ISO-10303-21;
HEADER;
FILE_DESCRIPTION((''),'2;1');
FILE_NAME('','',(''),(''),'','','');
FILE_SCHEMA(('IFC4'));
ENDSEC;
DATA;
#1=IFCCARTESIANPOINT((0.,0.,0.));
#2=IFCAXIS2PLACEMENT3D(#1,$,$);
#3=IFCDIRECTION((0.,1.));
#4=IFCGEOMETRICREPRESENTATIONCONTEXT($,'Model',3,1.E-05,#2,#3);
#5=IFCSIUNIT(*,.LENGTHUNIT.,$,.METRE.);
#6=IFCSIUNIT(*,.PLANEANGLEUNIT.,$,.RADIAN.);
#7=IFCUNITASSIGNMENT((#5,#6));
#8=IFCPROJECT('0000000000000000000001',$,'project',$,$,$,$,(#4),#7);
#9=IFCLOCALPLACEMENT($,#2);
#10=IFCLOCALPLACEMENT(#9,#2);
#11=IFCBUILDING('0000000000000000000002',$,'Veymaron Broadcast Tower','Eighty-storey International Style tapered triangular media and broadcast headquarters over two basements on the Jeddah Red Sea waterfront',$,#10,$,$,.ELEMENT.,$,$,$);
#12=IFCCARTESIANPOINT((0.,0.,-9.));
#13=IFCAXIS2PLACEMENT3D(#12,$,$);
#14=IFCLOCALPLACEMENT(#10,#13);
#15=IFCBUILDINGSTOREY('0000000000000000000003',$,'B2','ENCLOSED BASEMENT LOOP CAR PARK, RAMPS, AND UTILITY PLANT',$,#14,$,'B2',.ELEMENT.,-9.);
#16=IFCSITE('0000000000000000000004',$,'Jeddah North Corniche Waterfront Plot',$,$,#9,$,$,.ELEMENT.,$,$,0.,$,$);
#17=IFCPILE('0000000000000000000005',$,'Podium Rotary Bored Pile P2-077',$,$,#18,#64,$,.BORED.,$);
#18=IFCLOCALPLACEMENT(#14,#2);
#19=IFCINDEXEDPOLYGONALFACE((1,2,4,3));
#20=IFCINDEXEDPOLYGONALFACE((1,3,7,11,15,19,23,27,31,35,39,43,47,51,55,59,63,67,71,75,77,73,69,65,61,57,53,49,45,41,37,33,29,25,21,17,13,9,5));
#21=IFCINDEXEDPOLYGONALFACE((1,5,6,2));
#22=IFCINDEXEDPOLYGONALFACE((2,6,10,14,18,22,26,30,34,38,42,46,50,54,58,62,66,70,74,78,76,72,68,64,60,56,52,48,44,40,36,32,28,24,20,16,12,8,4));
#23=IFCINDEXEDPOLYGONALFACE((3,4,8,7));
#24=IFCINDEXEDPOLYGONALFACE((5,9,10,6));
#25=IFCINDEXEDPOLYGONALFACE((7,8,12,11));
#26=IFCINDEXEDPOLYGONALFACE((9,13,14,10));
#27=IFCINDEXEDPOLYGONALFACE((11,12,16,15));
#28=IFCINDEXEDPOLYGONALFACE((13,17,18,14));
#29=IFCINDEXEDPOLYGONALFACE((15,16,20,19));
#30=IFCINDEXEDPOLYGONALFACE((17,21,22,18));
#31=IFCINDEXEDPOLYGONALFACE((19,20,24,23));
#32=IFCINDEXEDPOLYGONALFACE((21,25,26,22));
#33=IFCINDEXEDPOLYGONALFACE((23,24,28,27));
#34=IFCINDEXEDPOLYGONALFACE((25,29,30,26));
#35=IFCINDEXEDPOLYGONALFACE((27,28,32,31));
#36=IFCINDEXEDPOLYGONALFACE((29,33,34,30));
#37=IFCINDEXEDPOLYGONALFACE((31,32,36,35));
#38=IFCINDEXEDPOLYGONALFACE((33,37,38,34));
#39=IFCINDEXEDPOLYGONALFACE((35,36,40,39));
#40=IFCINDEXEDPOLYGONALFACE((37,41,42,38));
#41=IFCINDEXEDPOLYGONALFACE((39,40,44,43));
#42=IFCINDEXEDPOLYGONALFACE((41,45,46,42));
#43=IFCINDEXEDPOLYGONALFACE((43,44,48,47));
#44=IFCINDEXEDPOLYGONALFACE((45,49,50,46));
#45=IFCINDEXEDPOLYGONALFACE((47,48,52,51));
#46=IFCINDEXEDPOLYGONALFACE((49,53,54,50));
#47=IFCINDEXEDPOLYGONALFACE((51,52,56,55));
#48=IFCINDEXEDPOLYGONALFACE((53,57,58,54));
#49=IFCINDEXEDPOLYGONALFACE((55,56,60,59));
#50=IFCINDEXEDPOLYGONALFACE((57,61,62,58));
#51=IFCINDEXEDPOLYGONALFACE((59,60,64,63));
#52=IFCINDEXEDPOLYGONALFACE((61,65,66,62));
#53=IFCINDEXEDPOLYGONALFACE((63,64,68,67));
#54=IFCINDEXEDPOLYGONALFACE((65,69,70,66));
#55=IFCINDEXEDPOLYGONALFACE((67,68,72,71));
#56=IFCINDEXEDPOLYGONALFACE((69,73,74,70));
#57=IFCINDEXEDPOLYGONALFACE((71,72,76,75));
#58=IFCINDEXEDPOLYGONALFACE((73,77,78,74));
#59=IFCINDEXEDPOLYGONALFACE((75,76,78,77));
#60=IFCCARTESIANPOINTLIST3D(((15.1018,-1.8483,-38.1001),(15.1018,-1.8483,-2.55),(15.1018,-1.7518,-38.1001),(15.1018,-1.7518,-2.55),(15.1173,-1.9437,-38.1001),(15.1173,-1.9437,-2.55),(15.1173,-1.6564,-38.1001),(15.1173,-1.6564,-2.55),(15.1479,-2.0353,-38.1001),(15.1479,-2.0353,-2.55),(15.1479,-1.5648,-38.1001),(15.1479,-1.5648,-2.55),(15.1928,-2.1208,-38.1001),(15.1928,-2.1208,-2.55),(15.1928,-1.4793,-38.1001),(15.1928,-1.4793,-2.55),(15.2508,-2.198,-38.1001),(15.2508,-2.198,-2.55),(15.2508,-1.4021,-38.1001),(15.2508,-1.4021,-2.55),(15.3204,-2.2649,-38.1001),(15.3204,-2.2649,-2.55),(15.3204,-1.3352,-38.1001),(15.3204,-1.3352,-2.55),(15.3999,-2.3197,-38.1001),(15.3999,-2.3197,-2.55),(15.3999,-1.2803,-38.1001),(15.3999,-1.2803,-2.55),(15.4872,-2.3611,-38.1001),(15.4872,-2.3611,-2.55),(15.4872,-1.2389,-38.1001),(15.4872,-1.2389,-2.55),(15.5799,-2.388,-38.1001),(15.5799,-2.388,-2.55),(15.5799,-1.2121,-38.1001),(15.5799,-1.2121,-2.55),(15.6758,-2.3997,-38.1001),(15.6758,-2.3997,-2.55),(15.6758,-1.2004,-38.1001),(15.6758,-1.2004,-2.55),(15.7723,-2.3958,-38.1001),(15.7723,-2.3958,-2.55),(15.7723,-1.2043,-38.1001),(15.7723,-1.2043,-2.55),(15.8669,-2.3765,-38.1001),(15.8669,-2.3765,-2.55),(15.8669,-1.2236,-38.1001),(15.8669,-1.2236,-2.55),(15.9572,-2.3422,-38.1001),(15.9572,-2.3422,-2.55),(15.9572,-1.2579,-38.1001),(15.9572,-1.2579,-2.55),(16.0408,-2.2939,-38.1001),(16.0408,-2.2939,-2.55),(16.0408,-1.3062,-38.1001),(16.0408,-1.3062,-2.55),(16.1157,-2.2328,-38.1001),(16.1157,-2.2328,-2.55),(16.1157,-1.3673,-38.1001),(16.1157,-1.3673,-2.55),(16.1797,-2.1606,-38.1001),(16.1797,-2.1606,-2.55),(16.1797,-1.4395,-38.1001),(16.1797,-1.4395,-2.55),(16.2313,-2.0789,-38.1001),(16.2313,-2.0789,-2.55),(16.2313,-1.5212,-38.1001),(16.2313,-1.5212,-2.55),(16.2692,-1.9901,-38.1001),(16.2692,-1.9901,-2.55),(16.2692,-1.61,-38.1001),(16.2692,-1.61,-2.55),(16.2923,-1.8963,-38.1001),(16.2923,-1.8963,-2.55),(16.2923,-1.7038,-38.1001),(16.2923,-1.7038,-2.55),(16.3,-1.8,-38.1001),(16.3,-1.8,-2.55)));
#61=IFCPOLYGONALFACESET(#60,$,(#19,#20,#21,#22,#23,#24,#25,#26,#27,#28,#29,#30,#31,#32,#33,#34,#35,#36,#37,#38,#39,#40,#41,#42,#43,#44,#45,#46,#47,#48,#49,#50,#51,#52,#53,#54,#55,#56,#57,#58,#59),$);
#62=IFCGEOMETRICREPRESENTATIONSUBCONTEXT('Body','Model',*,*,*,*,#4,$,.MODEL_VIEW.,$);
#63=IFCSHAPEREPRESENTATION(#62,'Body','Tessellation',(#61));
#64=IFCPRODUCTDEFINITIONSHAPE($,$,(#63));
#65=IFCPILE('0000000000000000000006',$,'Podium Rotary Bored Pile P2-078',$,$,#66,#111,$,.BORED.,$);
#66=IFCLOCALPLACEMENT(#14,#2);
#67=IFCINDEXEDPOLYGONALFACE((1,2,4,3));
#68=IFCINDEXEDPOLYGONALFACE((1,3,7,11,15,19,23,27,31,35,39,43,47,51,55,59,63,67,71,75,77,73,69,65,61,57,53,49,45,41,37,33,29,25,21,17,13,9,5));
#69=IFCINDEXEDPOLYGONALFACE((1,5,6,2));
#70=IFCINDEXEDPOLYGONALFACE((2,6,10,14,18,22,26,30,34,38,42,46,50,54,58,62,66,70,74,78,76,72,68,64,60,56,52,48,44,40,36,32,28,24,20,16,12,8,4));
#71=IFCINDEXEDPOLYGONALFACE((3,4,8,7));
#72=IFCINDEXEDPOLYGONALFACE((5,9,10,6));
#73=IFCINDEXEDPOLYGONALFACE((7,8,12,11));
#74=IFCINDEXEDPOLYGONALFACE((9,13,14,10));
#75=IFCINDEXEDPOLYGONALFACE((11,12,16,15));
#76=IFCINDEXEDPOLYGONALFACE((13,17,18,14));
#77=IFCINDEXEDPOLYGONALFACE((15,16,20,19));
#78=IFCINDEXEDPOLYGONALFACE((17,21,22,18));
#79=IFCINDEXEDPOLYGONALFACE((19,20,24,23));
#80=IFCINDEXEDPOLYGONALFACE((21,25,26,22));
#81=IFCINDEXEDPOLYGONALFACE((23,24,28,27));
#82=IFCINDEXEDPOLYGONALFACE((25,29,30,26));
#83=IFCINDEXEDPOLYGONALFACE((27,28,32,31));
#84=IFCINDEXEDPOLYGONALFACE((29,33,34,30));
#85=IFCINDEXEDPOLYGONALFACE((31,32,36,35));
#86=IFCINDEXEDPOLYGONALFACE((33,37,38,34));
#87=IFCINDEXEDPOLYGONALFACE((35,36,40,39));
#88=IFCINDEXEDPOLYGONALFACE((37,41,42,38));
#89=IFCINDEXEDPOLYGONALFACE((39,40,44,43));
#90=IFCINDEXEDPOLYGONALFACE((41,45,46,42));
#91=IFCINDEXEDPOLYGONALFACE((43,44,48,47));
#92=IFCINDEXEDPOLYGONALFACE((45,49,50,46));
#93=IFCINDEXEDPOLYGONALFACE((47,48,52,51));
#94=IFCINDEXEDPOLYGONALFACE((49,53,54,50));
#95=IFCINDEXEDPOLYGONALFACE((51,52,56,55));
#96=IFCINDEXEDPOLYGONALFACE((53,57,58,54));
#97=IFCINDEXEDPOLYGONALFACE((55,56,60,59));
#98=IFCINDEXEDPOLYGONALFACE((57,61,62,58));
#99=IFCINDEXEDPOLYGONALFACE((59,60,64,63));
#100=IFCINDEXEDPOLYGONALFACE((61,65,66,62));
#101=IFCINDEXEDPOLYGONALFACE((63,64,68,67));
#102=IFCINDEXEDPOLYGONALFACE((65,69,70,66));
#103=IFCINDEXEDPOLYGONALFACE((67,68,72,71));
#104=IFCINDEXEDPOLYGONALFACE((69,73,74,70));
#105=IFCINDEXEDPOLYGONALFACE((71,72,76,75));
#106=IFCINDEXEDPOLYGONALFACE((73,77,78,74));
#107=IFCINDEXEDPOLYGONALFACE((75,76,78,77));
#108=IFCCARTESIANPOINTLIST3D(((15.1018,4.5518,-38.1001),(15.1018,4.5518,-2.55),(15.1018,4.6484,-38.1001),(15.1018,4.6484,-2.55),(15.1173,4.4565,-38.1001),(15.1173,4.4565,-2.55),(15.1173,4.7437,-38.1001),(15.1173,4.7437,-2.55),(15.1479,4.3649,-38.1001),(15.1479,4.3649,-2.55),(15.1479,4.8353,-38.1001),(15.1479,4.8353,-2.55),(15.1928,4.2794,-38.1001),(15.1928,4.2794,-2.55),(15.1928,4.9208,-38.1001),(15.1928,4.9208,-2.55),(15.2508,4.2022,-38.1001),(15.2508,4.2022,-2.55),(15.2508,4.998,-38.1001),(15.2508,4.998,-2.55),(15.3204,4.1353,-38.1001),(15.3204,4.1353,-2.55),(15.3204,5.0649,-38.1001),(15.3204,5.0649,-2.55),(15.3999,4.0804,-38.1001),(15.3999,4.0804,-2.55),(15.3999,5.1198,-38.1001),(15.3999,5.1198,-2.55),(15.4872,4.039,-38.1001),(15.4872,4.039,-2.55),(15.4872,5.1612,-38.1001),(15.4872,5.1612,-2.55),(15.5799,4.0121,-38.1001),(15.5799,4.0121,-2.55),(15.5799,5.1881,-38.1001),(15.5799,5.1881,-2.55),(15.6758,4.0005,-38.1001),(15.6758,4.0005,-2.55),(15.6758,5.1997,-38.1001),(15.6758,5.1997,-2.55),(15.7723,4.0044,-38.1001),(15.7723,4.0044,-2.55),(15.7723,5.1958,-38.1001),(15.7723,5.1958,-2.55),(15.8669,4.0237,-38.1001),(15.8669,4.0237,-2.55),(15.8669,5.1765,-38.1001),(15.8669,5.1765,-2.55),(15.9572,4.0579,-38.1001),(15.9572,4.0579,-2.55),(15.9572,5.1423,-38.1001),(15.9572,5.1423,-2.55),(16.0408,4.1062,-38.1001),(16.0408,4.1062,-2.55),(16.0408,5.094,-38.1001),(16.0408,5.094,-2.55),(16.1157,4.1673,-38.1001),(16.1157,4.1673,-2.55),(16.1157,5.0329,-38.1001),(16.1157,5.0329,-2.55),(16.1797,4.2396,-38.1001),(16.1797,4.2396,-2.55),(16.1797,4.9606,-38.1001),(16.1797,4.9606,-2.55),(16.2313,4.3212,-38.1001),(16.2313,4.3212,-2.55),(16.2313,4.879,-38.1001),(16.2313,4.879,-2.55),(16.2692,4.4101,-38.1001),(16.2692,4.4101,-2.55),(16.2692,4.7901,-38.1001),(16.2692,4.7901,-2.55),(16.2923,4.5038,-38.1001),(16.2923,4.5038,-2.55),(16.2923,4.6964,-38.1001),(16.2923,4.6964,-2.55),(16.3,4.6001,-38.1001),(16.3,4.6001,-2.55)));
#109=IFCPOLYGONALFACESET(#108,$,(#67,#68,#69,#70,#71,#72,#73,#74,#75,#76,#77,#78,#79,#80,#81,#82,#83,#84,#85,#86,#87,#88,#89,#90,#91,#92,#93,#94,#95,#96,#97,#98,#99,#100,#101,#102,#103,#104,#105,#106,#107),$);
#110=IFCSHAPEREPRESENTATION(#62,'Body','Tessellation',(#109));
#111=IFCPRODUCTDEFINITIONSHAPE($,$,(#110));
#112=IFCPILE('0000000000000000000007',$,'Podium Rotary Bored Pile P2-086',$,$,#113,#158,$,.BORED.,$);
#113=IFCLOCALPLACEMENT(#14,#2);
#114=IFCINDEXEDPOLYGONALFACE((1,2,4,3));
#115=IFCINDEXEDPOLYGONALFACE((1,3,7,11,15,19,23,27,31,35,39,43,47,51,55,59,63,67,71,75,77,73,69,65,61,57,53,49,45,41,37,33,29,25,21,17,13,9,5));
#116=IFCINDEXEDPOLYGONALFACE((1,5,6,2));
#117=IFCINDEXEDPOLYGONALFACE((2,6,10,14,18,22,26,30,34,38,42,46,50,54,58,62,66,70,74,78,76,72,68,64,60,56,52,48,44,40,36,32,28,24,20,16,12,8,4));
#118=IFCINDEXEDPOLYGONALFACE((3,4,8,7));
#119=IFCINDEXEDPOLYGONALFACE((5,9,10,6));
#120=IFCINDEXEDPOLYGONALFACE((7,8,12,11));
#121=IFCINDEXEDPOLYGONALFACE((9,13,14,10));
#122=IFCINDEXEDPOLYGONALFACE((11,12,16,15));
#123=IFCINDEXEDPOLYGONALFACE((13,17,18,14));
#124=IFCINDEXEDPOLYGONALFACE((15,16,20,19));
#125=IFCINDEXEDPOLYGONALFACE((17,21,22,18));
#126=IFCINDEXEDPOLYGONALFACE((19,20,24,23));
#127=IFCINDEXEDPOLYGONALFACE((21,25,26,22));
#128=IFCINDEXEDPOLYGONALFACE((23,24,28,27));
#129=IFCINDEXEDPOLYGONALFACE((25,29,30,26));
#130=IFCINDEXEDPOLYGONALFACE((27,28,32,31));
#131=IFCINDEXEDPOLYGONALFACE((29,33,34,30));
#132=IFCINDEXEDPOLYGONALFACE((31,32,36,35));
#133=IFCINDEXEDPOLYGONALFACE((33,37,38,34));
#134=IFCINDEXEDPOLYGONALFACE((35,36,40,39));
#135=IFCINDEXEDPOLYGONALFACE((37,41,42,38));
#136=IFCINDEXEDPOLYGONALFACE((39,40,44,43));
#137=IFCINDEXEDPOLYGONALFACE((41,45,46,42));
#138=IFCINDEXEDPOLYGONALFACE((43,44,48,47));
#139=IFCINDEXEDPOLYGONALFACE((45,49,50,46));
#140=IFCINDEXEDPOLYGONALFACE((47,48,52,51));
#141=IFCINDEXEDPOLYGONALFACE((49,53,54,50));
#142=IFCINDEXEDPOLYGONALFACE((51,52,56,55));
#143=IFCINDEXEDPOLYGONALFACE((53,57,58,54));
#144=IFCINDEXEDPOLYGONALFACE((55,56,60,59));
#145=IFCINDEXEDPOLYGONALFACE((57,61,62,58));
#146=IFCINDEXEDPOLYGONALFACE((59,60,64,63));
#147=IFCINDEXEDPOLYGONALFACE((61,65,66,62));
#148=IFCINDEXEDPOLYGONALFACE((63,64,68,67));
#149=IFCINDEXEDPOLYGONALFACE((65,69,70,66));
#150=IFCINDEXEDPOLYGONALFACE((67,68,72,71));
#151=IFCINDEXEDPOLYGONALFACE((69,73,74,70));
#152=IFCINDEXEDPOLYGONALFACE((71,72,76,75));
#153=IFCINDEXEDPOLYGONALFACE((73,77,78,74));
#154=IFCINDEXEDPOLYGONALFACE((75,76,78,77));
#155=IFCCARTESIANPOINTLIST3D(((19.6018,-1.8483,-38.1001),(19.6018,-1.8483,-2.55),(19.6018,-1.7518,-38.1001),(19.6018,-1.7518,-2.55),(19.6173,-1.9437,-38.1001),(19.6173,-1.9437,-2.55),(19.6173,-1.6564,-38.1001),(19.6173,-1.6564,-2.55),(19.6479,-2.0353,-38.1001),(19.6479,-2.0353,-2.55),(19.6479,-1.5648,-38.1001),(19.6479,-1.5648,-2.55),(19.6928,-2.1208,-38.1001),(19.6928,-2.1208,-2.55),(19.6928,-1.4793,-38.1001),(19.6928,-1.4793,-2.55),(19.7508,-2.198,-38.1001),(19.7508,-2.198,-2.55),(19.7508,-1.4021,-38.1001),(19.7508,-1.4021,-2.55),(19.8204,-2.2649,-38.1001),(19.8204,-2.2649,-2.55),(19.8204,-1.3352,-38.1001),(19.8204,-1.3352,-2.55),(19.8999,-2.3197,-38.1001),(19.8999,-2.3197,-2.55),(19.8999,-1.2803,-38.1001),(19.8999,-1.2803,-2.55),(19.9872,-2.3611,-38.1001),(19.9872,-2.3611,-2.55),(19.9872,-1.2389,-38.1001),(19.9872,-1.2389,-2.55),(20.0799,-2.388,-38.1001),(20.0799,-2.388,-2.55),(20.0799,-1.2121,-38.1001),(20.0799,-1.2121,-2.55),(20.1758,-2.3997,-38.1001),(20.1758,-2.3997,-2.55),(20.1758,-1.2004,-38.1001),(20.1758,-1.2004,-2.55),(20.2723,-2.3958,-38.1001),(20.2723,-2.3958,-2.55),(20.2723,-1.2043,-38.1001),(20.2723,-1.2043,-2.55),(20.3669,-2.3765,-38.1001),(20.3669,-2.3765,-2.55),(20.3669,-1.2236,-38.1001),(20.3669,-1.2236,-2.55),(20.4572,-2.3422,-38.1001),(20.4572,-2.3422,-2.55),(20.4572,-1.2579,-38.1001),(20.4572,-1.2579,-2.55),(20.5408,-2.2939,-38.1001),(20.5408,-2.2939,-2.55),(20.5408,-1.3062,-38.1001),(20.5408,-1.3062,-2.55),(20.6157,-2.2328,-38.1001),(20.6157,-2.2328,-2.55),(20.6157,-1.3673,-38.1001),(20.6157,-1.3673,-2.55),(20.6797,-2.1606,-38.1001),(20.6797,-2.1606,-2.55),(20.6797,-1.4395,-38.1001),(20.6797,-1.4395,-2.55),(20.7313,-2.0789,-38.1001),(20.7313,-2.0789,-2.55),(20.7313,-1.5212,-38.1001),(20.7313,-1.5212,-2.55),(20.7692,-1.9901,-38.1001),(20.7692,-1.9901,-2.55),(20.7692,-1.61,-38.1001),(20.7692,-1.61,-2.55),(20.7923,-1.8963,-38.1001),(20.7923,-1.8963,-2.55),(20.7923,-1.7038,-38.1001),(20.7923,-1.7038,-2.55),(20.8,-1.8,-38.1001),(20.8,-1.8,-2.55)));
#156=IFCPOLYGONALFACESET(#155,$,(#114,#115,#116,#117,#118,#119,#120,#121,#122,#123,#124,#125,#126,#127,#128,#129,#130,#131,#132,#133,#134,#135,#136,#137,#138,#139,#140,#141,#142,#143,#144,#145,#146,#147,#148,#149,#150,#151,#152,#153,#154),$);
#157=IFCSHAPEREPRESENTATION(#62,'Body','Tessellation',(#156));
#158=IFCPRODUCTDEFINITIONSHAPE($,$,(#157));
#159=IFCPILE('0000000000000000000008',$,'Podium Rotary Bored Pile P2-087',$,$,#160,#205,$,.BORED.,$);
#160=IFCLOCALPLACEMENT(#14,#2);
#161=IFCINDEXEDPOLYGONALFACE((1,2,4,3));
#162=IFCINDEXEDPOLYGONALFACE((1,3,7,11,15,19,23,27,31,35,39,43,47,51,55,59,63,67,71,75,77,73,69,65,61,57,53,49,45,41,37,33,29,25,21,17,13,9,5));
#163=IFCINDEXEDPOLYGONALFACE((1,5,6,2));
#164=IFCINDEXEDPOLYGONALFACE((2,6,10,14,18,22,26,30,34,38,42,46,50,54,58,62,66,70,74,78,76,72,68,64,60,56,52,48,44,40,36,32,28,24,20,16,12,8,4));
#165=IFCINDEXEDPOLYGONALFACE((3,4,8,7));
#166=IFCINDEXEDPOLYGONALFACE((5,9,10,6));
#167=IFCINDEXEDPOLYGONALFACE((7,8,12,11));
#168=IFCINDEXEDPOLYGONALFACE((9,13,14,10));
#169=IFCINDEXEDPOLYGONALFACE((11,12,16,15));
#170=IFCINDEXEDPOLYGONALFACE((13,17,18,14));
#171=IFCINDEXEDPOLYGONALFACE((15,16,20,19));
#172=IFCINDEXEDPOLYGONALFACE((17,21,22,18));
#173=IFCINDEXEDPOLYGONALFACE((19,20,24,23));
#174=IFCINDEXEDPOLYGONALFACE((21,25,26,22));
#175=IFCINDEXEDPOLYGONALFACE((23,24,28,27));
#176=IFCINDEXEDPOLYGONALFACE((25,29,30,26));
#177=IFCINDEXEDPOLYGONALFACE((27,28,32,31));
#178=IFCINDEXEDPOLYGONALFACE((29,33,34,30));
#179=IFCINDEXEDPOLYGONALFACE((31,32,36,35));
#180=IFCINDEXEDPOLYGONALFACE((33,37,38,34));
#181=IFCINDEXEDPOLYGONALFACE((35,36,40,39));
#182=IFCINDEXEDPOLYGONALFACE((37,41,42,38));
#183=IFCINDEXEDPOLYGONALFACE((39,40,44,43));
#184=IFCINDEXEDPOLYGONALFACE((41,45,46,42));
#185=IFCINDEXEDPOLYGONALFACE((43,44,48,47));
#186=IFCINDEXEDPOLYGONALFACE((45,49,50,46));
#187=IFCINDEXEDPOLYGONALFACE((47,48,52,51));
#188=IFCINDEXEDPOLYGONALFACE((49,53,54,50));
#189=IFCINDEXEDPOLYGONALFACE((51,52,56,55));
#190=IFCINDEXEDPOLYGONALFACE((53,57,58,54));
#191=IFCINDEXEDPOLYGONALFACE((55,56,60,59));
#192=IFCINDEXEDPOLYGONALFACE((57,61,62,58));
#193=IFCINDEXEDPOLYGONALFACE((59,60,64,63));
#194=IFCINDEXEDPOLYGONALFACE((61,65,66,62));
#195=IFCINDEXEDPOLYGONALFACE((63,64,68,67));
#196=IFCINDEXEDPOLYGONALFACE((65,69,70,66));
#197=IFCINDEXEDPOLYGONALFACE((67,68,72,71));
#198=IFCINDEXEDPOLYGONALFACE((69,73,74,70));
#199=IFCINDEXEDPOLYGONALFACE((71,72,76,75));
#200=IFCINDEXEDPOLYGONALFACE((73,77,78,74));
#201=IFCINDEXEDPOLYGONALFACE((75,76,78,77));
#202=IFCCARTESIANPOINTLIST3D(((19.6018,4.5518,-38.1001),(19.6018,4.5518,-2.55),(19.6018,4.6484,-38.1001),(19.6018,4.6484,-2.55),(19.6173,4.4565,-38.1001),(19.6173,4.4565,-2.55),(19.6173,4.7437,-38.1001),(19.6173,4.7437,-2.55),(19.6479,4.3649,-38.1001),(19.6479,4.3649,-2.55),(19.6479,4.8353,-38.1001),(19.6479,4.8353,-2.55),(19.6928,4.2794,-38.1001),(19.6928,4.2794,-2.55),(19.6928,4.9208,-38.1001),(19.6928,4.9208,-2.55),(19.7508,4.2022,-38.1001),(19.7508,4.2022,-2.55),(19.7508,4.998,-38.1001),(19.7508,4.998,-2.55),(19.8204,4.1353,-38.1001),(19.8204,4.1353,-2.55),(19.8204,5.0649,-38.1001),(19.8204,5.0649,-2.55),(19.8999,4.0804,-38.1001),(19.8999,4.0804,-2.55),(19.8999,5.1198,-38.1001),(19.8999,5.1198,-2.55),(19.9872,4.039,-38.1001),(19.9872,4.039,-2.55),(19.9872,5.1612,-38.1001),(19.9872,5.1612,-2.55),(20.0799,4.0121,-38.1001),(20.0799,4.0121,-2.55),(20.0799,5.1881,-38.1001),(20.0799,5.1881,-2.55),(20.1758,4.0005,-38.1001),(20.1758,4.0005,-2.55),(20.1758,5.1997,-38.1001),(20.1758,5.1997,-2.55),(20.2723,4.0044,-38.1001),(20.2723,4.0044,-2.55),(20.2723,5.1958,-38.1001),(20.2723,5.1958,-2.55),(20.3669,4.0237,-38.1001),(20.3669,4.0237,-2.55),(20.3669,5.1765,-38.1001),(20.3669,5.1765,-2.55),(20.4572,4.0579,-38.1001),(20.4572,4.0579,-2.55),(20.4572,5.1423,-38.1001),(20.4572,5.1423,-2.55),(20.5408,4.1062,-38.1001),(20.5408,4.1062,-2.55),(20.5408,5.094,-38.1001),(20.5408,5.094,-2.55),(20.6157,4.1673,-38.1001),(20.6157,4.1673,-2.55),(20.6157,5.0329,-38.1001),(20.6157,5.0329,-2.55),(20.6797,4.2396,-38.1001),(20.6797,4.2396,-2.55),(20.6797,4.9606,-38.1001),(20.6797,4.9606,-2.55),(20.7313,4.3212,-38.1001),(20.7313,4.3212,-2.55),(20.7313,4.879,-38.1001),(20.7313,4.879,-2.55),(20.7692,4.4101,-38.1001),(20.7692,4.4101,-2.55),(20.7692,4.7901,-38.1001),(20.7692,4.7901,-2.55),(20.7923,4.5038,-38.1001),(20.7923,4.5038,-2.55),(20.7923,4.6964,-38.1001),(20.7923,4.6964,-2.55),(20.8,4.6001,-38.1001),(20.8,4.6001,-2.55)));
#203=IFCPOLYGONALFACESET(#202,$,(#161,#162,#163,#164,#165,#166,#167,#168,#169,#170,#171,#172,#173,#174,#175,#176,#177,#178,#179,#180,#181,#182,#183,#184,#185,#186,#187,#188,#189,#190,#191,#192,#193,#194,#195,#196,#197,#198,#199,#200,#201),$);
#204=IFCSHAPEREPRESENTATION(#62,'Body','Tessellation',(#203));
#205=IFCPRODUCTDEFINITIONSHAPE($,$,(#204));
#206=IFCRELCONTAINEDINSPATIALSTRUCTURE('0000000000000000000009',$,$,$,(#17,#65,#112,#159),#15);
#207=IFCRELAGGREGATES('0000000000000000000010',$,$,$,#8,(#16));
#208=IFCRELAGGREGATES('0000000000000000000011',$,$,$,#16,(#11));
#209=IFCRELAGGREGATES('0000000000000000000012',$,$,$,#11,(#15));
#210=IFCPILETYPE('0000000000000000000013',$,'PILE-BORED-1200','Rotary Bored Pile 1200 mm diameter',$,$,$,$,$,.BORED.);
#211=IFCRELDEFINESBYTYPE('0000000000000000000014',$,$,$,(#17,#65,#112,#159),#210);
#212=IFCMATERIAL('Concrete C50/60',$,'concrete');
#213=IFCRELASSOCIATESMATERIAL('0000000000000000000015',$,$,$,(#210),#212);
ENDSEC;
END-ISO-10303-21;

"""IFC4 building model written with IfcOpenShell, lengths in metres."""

from ifc_helpers import new_model, si_unit, direction, frame, origin, origin_2d, place, context, subcontext, project, spatial, circle, extrude, material, material_profile, profile_set, type_object, element, save


model = new_model("IFC4")

# Units and contexts
model_context = context("Model", 3, precision=1e-05, world=origin(), true_north=direction((0.0, 1.0)))
body_context = subcontext(model_context, "Body", "Model", "MODEL_VIEW")
ifc_project = project(units=[si_unit("LENGTHUNIT", "METRE"), si_unit("PLANEANGLEUNIT", "RADIAN")], contexts=[model_context])

# Site, building, storey
site_placement = place(None, origin())
site = spatial("IfcSite", under=ifc_project, at=site_placement, Name="Jeddah North Corniche Waterfront Plot", CompositionType="ELEMENT", RefElevation=0.0)
building_placement = place(site_placement, origin())
building = spatial("IfcBuilding", under=site, at=building_placement, Name="Veymaron Broadcast Tower", Description="Eighty-storey International Style tapered triangular media and broadcast headquarters over two basements on the Jeddah Red Sea waterfront", CompositionType="ELEMENT")
storey_placement = place(building_placement, frame((0.0, 0.0, -9.0)))
storey = spatial("IfcBuildingStorey", under=building, at=storey_placement, Name="B2", Description="ENCLOSED BASEMENT LOOP CAR PARK, RAMPS, AND UTILITY PLANT", LongName="B2", CompositionType="ELEMENT", Elevation=-9.0)

# Piles
ifc_material_1 = material(Name="Concrete C50/60", Category="concrete")
ifc_material_profile_1 = material_profile(ifc_material_1, circle(Radius=0.6001, at=origin_2d()), Name="PILE1200")
ifc_profile_set_1 = profile_set([ifc_material_profile_1], Name="Concrete C50/60")
pile_type_1 = type_object("IfcPileType", Name="PILE-BORED-1200", Description="Rotary Bored Pile 1200 mm diameter", PredefinedType="BORED", material=ifc_profile_set_1)
for number, where, z_axis, x_axis, name in (
    (1, (15.7, -1.8, -2.55), (0.0, 0.0, -1.0), (1.0, 0.0, 0.0), "Podium Rotary Bored Pile P2-077"),
    (2, (15.7, 4.6001, -2.55), (0.0, 0.0, -1.0), (1.0, 0.0, 0.0), "Podium Rotary Bored Pile P2-078"),
    (3, (20.2, -1.8, -2.55), (0.0, 0.0, -1.0), (1.0, 0.0, 0.0), "Podium Rotary Bored Pile P2-086"),
    (4, (20.2, 4.6001, -2.55), (0.0, 0.0, -1.0), (1.0, 0.0, 0.0), "Podium Rotary Bored Pile P2-087"),
):
    element("IfcPile", number, at=place(storey_placement, frame(where, z_axis=z_axis, x_axis=x_axis)), inside=storey, type_object=pile_type_1, Name=name, PredefinedType="BORED", context=body_context, shape_type="SweptSolid", body=[
        extrude(circle(Radius=0.6001, at=origin_2d()), origin(), (0.0, 0.0, 1.0), 35.55),
    ])

save(model, "model.ifc")
